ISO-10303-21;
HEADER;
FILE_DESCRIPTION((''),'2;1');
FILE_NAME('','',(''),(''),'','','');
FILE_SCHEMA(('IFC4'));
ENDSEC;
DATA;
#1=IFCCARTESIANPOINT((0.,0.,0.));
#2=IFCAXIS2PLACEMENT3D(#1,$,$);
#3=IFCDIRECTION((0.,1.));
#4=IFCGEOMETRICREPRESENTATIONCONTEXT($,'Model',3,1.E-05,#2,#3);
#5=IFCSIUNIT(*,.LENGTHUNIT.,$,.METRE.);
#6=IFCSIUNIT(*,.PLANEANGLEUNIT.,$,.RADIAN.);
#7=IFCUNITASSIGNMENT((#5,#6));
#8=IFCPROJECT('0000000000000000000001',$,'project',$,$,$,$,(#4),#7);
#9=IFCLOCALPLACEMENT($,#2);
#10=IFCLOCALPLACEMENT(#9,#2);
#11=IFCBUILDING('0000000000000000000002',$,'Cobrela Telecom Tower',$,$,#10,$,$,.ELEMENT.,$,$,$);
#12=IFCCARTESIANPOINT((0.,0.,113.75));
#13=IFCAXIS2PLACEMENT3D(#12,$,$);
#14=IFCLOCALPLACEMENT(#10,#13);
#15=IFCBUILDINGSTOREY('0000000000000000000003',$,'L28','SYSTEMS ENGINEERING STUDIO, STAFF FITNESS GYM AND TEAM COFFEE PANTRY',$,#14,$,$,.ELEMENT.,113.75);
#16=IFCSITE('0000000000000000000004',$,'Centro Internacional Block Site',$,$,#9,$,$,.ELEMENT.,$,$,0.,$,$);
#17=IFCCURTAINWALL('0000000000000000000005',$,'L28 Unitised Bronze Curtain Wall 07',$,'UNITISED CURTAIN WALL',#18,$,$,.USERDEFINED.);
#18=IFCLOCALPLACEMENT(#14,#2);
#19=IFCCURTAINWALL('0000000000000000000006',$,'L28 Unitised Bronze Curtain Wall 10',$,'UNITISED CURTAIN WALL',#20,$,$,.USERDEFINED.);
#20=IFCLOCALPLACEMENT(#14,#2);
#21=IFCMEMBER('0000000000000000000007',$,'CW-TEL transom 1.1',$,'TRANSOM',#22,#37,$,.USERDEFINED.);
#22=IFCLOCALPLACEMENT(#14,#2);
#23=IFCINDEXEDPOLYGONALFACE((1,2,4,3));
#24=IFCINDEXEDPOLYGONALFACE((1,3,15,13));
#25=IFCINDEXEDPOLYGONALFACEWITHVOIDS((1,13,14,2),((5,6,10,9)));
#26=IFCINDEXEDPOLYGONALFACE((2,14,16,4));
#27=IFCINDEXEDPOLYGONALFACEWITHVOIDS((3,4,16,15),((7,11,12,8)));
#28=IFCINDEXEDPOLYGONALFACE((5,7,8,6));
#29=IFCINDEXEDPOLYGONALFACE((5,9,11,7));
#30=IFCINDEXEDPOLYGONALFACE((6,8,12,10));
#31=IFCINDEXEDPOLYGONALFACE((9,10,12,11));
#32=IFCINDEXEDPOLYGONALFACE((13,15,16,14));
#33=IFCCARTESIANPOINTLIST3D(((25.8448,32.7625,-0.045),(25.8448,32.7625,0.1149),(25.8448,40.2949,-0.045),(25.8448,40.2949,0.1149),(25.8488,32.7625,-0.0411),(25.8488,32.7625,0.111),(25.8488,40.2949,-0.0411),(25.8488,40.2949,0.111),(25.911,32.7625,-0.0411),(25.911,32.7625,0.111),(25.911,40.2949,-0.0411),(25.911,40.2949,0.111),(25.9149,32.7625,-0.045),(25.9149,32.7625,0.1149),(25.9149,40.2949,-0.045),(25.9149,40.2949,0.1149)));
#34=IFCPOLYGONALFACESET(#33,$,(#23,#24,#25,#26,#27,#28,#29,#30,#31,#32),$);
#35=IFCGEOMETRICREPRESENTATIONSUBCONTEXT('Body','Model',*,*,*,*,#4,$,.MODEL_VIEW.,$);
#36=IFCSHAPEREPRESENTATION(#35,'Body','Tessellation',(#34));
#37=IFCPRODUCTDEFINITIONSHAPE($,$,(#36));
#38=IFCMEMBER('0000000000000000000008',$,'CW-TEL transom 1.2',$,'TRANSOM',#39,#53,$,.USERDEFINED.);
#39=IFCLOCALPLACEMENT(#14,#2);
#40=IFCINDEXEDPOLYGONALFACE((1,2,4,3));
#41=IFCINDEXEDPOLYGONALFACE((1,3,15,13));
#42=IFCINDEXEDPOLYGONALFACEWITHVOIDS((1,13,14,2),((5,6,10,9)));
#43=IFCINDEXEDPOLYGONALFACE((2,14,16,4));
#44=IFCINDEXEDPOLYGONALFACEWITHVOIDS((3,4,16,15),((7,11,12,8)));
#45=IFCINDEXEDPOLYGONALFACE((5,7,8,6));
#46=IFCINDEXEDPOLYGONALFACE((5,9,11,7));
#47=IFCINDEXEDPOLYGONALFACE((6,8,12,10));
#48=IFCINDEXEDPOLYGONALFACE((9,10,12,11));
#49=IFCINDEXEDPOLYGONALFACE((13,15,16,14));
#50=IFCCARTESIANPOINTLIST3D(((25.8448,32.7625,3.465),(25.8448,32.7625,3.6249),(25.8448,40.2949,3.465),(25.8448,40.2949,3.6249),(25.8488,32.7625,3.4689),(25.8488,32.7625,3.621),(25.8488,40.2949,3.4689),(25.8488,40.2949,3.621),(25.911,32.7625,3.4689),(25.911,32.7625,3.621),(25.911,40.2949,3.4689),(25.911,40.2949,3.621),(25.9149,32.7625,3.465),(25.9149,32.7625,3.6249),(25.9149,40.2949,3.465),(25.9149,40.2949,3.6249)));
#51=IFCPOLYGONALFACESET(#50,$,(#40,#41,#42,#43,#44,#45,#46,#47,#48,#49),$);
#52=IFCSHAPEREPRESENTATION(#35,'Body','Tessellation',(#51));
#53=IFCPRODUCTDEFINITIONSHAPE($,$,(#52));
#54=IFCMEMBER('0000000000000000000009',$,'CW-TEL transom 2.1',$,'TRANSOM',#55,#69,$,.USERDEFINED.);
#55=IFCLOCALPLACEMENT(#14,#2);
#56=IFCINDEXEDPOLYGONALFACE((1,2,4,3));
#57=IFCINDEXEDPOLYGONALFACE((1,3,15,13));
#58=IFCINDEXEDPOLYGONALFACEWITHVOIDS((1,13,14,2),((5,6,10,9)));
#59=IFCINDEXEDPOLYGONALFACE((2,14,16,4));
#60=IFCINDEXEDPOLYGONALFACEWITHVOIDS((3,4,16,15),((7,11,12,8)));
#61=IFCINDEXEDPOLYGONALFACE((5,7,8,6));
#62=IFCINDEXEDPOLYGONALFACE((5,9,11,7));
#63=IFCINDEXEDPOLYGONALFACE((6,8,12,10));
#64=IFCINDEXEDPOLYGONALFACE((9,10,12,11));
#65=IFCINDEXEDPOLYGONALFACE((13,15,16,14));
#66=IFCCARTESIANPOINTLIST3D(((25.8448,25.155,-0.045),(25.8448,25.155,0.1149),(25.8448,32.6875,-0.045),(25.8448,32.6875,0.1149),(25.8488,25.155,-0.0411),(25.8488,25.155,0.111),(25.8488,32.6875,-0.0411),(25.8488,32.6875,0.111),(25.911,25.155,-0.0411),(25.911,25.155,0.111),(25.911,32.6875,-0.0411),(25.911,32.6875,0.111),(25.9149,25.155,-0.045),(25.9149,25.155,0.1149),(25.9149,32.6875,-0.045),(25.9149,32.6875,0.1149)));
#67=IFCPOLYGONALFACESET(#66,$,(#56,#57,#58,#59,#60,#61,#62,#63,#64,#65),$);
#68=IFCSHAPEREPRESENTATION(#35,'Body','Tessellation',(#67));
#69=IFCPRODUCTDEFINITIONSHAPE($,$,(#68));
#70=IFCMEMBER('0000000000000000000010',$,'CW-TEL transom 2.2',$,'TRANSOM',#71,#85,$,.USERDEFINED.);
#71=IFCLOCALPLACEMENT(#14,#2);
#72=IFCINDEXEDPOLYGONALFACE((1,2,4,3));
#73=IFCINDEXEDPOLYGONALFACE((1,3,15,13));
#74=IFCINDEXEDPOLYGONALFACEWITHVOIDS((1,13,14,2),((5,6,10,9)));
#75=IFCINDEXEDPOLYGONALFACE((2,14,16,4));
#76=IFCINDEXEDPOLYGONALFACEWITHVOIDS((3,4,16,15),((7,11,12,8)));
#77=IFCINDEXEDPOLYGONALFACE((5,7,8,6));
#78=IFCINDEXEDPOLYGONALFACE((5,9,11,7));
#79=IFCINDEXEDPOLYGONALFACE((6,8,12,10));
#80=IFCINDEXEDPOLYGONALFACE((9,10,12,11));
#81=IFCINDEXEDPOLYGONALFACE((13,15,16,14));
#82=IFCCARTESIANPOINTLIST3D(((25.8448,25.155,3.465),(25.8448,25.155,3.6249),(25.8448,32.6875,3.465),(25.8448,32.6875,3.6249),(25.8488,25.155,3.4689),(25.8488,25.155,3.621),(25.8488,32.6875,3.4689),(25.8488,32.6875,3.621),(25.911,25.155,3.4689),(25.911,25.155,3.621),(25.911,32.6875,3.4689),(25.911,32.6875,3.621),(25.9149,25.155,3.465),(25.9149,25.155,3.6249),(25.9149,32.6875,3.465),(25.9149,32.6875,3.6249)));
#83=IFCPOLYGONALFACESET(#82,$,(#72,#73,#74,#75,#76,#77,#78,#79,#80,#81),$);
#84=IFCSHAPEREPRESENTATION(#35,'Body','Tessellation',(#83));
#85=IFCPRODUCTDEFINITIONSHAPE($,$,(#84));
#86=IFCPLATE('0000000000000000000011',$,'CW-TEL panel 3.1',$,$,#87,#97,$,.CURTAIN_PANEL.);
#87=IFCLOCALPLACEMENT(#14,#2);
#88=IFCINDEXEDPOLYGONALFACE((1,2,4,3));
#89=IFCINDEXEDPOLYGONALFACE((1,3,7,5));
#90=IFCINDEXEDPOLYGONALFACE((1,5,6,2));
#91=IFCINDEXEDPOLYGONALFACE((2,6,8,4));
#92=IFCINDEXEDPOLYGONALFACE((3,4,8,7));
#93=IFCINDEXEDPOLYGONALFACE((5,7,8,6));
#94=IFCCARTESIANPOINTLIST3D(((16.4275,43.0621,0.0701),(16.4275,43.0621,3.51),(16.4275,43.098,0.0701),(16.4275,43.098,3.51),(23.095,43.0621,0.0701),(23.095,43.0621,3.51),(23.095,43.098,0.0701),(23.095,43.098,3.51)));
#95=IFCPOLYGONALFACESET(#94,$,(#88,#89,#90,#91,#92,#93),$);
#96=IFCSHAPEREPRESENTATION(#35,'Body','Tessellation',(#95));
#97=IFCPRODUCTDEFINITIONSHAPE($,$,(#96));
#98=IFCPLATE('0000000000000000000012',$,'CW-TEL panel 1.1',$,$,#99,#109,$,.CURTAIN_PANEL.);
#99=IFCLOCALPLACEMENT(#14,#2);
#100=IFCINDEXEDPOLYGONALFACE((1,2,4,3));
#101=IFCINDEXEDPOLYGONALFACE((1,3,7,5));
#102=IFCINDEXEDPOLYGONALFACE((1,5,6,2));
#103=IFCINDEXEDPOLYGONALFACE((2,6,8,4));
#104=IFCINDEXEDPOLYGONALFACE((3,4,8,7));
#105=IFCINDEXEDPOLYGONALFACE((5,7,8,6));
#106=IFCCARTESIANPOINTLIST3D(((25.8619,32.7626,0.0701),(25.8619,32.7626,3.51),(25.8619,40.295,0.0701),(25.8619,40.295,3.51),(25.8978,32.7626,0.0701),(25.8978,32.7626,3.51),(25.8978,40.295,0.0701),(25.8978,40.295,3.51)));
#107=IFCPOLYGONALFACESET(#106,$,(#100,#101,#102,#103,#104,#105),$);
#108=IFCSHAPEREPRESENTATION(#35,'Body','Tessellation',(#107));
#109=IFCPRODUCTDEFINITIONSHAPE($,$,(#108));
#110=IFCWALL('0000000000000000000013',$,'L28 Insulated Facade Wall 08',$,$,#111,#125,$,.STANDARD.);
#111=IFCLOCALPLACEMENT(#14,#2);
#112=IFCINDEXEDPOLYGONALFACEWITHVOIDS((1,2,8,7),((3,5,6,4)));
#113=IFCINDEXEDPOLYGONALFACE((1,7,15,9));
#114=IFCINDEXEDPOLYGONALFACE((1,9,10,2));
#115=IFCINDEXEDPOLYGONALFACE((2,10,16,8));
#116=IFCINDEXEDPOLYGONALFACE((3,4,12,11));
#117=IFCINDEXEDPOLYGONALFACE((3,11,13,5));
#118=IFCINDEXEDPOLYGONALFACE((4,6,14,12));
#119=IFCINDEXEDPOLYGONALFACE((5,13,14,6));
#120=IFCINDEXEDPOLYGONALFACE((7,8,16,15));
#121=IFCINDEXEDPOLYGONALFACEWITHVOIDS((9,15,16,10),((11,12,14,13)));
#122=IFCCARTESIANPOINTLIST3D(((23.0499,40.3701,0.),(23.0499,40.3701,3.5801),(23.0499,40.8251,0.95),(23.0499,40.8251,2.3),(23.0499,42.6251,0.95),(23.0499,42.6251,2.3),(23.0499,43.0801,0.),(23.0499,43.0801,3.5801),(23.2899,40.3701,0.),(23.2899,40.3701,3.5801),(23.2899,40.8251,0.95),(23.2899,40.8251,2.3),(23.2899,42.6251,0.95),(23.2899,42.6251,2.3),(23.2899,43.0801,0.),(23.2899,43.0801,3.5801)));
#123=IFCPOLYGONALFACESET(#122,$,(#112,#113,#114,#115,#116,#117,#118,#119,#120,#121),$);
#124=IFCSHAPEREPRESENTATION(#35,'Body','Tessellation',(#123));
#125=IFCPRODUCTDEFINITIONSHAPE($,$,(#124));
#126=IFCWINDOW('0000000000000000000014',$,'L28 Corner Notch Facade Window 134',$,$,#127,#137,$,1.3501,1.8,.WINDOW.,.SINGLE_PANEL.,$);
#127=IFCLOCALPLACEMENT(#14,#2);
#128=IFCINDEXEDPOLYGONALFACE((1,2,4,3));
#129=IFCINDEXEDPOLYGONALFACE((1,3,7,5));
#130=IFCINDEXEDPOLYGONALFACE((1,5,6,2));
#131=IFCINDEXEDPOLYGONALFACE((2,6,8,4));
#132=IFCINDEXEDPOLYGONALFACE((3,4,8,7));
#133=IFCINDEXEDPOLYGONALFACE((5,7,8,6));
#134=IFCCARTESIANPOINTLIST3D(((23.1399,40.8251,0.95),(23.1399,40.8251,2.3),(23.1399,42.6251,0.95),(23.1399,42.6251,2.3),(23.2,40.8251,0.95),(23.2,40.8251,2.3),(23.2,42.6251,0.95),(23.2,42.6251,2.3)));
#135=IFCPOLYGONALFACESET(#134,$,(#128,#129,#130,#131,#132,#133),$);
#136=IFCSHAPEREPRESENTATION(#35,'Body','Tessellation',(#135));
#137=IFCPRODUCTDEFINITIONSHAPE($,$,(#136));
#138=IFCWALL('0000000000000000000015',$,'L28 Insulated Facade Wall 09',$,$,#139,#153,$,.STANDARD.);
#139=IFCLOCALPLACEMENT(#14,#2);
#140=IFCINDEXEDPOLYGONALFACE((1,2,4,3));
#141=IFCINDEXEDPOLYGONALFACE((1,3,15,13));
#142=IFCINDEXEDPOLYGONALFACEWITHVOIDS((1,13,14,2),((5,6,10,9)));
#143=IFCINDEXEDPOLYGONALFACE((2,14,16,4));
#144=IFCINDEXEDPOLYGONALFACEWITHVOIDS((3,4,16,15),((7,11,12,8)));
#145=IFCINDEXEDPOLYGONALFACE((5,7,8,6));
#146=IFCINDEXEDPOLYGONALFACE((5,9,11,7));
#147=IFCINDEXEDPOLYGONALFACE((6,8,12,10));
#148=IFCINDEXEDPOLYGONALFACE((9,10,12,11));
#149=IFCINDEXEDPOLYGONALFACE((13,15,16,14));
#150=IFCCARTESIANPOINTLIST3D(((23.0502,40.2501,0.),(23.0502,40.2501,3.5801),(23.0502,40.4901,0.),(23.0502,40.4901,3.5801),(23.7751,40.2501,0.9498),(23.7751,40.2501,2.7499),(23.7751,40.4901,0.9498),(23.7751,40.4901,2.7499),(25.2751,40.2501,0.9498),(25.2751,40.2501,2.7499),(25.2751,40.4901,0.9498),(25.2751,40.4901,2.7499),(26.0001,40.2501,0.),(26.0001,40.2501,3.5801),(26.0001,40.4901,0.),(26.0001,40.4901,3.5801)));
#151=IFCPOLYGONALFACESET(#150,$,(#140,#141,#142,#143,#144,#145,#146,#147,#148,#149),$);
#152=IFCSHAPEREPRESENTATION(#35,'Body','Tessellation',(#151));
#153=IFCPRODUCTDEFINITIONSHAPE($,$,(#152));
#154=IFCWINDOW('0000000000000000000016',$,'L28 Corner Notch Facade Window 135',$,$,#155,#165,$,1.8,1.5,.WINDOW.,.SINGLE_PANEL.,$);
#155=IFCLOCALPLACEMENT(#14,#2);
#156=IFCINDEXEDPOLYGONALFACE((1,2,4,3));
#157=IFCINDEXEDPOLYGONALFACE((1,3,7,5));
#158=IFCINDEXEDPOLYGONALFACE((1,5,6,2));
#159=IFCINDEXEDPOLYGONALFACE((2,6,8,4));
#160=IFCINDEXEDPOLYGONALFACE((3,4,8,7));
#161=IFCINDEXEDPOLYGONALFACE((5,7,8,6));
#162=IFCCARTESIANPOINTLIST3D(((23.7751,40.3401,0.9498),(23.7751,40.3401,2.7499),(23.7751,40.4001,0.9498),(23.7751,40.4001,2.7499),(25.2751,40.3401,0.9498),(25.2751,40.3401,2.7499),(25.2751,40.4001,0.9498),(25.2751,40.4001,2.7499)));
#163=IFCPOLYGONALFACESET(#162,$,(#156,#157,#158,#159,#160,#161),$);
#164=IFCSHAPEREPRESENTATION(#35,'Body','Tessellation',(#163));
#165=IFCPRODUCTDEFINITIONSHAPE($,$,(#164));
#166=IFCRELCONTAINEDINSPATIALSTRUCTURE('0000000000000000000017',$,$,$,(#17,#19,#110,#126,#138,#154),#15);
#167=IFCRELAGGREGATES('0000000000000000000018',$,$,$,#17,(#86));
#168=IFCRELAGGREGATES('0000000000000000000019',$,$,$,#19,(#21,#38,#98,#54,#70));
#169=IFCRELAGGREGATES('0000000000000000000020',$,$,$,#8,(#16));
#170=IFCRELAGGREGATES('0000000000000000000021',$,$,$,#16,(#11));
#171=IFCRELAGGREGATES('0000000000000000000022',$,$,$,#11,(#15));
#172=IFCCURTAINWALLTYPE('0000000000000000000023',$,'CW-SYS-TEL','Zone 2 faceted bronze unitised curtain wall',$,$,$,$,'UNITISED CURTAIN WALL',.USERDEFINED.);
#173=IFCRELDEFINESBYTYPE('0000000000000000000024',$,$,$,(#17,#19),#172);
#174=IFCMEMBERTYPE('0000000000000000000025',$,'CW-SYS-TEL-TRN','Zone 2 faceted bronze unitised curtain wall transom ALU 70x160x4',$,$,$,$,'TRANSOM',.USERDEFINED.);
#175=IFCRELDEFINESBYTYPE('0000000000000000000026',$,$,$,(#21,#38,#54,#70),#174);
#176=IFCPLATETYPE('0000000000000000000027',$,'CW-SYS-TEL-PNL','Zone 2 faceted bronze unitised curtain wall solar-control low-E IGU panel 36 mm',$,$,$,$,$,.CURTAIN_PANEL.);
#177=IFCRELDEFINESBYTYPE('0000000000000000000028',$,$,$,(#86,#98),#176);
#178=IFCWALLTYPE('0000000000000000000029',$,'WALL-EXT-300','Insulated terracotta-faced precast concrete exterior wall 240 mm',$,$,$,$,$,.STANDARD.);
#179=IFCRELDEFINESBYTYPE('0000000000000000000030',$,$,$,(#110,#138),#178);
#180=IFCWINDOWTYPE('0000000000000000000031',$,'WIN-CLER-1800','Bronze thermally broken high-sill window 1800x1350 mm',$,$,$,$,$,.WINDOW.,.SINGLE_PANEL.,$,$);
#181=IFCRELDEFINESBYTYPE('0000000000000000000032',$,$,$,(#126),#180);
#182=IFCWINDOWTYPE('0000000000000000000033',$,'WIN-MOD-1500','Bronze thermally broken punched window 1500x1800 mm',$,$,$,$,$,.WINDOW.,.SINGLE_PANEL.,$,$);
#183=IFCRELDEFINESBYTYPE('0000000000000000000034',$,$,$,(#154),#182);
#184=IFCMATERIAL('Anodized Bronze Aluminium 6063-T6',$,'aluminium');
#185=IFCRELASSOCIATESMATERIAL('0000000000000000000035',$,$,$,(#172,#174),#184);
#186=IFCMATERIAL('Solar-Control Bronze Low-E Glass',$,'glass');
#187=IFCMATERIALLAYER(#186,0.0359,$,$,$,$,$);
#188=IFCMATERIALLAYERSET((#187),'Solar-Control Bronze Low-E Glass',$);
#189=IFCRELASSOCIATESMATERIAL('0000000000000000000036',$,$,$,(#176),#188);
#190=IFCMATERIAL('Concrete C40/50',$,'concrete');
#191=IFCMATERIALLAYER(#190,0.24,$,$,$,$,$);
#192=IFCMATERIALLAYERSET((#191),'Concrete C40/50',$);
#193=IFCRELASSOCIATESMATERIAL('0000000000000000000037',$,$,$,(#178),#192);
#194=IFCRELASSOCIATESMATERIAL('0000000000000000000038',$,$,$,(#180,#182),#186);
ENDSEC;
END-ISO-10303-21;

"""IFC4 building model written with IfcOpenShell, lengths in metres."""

from ifc_helpers import new_model, si_unit, direction, frame, frame_2d, origin, origin_2d, place, context, subcontext, project, spatial, rectangle, hollow_rectangle, extrude, material, layer, layer_set, material_profile, profile_set, type_object, element, fill, aggregate, save


model = new_model("IFC4")

# Units and contexts
model_context = context("Model", 3, precision=1e-05, world=origin(), true_north=direction((0.0, 1.0)))
body_context = subcontext(model_context, "Body", "Model", "MODEL_VIEW")
ifc_project = project(units=[si_unit("LENGTHUNIT", "METRE"), si_unit("PLANEANGLEUNIT", "RADIAN")], contexts=[model_context])

# Site, building, storey
site_placement = place(None, origin())
site = spatial("IfcSite", under=ifc_project, at=site_placement, Name="Centro Internacional Block Site", CompositionType="ELEMENT", RefElevation=0.0)
building_placement = place(site_placement, origin())
building = spatial("IfcBuilding", under=site, at=building_placement, Name="Cobrela Telecom Tower", CompositionType="ELEMENT")
storey_placement = place(building_placement, frame((0.0, 0.0, 113.75)))
storey = spatial("IfcBuildingStorey", under=building, at=storey_placement, Name="L28", Description="SYSTEMS ENGINEERING STUDIO, STAFF FITNESS GYM AND TEAM COFFEE PANTRY", CompositionType="ELEMENT", Elevation=113.75)

# Curtain wall
ifc_material_1 = material(Name="Anodized Bronze Aluminium 6063-T6", Category="aluminium")
curtain_wall_type = type_object("IfcCurtainWallType", Name="CW-SYS-TEL", Description="Zone 2 faceted bronze unitised curtain wall", ElementType="UNITISED CURTAIN WALL", PredefinedType="USERDEFINED", material=ifc_material_1)
curtain_wall_1_placement = place(storey_placement, origin())
curtain_wall_1 = element("IfcCurtainWall", 1, at=curtain_wall_1_placement, inside=storey, type_object=curtain_wall_type, Name="L28 Unitised Bronze Curtain Wall 07", ObjectType="UNITISED CURTAIN WALL", PredefinedType="USERDEFINED")

# Curtain wall, members
curtain_wall_2_placement = place(storey_placement, origin())
curtain_wall_2 = element("IfcCurtainWall", 2, at=curtain_wall_2_placement, inside=storey, type_object=curtain_wall_type, Name="L28 Unitised Bronze Curtain Wall 10", ObjectType="UNITISED CURTAIN WALL", PredefinedType="USERDEFINED")
ifc_material_profile_1 = material_profile(ifc_material_1, hollow_rectangle(XDim=0.0701, YDim=0.1599, WallThickness=0.0039, at=origin_2d()), Name="ALU 70x160x4")
ifc_profile_set_1 = profile_set([ifc_material_profile_1], Name="Anodized Bronze Aluminium 6063-T6")
member_type_1 = type_object("IfcMemberType", Name="CW-SYS-TEL-TRN", Description="Zone 2 faceted bronze unitised curtain wall transom ALU 70x160x4", ElementType="TRANSOM", PredefinedType="USERDEFINED", material=ifc_profile_set_1)
member_1_placement = place(storey_placement, frame((25.8799, 40.2949, 0.0349), z_axis=(0.0, -1.0, 0.0), x_axis=(1.0, 0.0, 0.0)))
member_1 = element("IfcMember", 3, at=member_1_placement, type_object=member_type_1, Name="CW-TEL transom 1.1", ObjectType="TRANSOM", PredefinedType="USERDEFINED", context=body_context, shape_type="SweptSolid", body=[
    extrude(hollow_rectangle(XDim=0.0701, YDim=0.1599, WallThickness=0.0039, at=origin_2d()), origin(), (0.0, 0.0, 1.0), 7.5325),
])
member_2_placement = place(storey_placement, frame((25.8799, 40.2949, 3.5449), z_axis=(0.0, -1.0, 0.0), x_axis=(1.0, 0.0, 0.0)))
member_2 = element("IfcMember", 4, at=member_2_placement, type_object=member_type_1, Name="CW-TEL transom 1.2", ObjectType="TRANSOM", PredefinedType="USERDEFINED", context=body_context, shape_type="SweptSolid", body=[
    extrude(hollow_rectangle(XDim=0.0701, YDim=0.1599, WallThickness=0.0039, at=origin_2d()), origin(), (0.0, 0.0, 1.0), 7.5325),
])
member_3_placement = place(storey_placement, frame((25.8799, 32.6875, 0.0349), z_axis=(0.0, -1.0, 0.0), x_axis=(1.0, 0.0, 0.0)))
member_3 = element("IfcMember", 5, at=member_3_placement, type_object=member_type_1, Name="CW-TEL transom 2.1", ObjectType="TRANSOM", PredefinedType="USERDEFINED", context=body_context, shape_type="SweptSolid", body=[
    extrude(hollow_rectangle(XDim=0.0701, YDim=0.1599, WallThickness=0.0039, at=origin_2d()), origin(), (0.0, 0.0, 1.0), 7.5325),
])
member_4_placement = place(storey_placement, frame((25.8799, 32.6875, 3.5449), z_axis=(0.0, -1.0, 0.0), x_axis=(1.0, 0.0, 0.0)))
member_4 = element("IfcMember", 6, at=member_4_placement, type_object=member_type_1, Name="CW-TEL transom 2.2", ObjectType="TRANSOM", PredefinedType="USERDEFINED", context=body_context, shape_type="SweptSolid", body=[
    extrude(hollow_rectangle(XDim=0.0701, YDim=0.1599, WallThickness=0.0039, at=origin_2d()), origin(), (0.0, 0.0, 1.0), 7.5325),
])

# Plates
ifc_material_2 = material(Name="Solar-Control Bronze Low-E Glass", Category="glass")
ifc_layer_1 = layer(ifc_material_2, 0.0359)
ifc_layer_set_1 = layer_set([ifc_layer_1], Name="Solar-Control Bronze Low-E Glass")
plate_type = type_object("IfcPlateType", Name="CW-SYS-TEL-PNL", Description="Zone 2 faceted bronze unitised curtain wall solar-control low-E IGU panel 36 mm", PredefinedType="CURTAIN_PANEL", material=ifc_layer_set_1)
plate_1_placement = place(storey_placement, frame((19.7612, 43.0801, 0.0701), z_axis=(0.0, 0.0, 1.0), x_axis=(1.0, 0.0, 0.0)))
plate_1 = element("IfcPlate", 7, at=plate_1_placement, type_object=plate_type, Name="CW-TEL panel 3.1", PredefinedType="CURTAIN_PANEL", context=body_context, shape_type="SweptSolid", body=[
    extrude(rectangle(XDim=6.6675, YDim=0.0359, at=origin_2d()), origin(), (0.0, 0.0, 1.0), 3.4399),
])
aggregate(curtain_wall_1, [plate_1])
plate_2_placement = place(storey_placement, frame((25.8799, 36.5288, 0.0701), z_axis=(0.0, 0.0, 1.0), x_axis=(0.0, -1.0, 0.0)))
plate_2 = element("IfcPlate", 8, at=plate_2_placement, type_object=plate_type, Name="CW-TEL panel 1.1", PredefinedType="CURTAIN_PANEL", context=body_context, shape_type="SweptSolid", body=[
    extrude(rectangle(XDim=7.5325, YDim=0.0359, at=origin_2d()), origin(), (0.0, 0.0, 1.0), 3.4399),
])
aggregate(curtain_wall_2, [member_1, member_2, plate_2, member_3, member_4])

# Walls, openings, windows
ifc_material_3 = material(Name="Concrete C40/50", Category="concrete")
ifc_layer_2 = layer(ifc_material_3, 0.24)
ifc_layer_set_2 = layer_set([ifc_layer_2], Name="Concrete C40/50")
wall_type = type_object("IfcWallType", Name="WALL-EXT-300", Description="Insulated terracotta-faced precast concrete exterior wall 240 mm", PredefinedType="STANDARD", material=ifc_layer_set_2)
wall_1_placement = place(storey_placement, frame((23.1699, 43.0801, 0.0), z_axis=(0.0, 0.0, 1.0), x_axis=(0.0, -1.0, 0.0)))
wall_1 = element("IfcWall", 9, at=wall_1_placement, inside=storey, type_object=wall_type, Name="L28 Insulated Facade Wall 08", PredefinedType="STANDARD", context=body_context, shape_type="SweptSolid", body=[
    extrude(rectangle(XDim=2.71, YDim=0.24, at=frame_2d((1.355, 0.0))), origin(), (0.0, 0.0, 1.0), 3.5801),
])
opening_1_placement = place(wall_1_placement, frame((0.4551, 0.0, 0.95)))
opening_1 = element("IfcOpeningElement", 10, at=opening_1_placement, cuts=wall_1, PredefinedType="OPENING", context=body_context, shape_type="SweptSolid", body=[
    extrude(rectangle(XDim=1.8, YDim=1.3501, at=frame_2d((0.8999, 0.675))), frame((0.0, 0.1318, 0.0), z_axis=(0.0, -1.0, 0.0), x_axis=(1.0, 0.0, 0.0)), (0.0, 0.0, 1.0), 0.2639),
])
window_type_1 = type_object("IfcWindowType", Name="WIN-CLER-1800", Description="Bronze thermally broken high-sill window 1800x1350 mm", PartitioningType="SINGLE_PANEL", PredefinedType="WINDOW", material=ifc_material_2)
window_1_placement = place(opening_1_placement, origin())
window_1 = element("IfcWindow", 11, at=window_1_placement, inside=storey, type_object=window_type_1, Name="L28 Corner Notch Facade Window 134", OverallHeight=1.3501, OverallWidth=1.8, PartitioningType="SINGLE_PANEL", PredefinedType="WINDOW", context=body_context, shape_type="SweptSolid", body=[
    extrude(rectangle(XDim=1.8, YDim=1.3501, at=frame_2d((0.8999, 0.675))), frame((0.0, 0.03, 0.0), z_axis=(0.0, -1.0, 0.0), x_axis=(1.0, 0.0, 0.0)), (0.0, 0.0, 1.0), 0.0601),
])
fill(opening_1, window_1)
wall_2_placement = place(storey_placement, frame((23.05, 40.3701, 0.0), z_axis=(0.0, 0.0, 1.0), x_axis=(1.0, 0.0, 0.0)))
wall_2 = element("IfcWall", 12, at=wall_2_placement, inside=storey, type_object=wall_type, Name="L28 Insulated Facade Wall 09", PredefinedType="STANDARD", context=body_context, shape_type="SweptSolid", body=[
    extrude(rectangle(XDim=2.95, YDim=0.24, at=frame_2d((1.4751, 0.0))), origin(), (0.0, 0.0, 1.0), 3.5801),
])
opening_2_placement = place(wall_2_placement, frame((0.7251, 0.0, 0.95)))
opening_2 = element("IfcOpeningElement", 13, at=opening_2_placement, cuts=wall_2, PredefinedType="OPENING", context=body_context, shape_type="SweptSolid", body=[
    extrude(rectangle(XDim=1.5, YDim=1.8, at=frame_2d((0.75, 0.8999))), frame((0.0, 0.1318, 0.0), z_axis=(0.0, -1.0, 0.0), x_axis=(1.0, 0.0, 0.0)), (0.0, 0.0, 1.0), 0.2639),
])
window_type_2 = type_object("IfcWindowType", Name="WIN-MOD-1500", Description="Bronze thermally broken punched window 1500x1800 mm", PartitioningType="SINGLE_PANEL", PredefinedType="WINDOW", material=ifc_material_2)
window_2_placement = place(opening_2_placement, origin())
window_2 = element("IfcWindow", 14, at=window_2_placement, inside=storey, type_object=window_type_2, Name="L28 Corner Notch Facade Window 135", OverallHeight=1.8, OverallWidth=1.5, PartitioningType="SINGLE_PANEL", PredefinedType="WINDOW", context=body_context, shape_type="SweptSolid", body=[
    extrude(rectangle(XDim=1.5, YDim=1.8, at=frame_2d((0.75, 0.8999))), frame((0.0, 0.03, 0.0), z_axis=(0.0, -1.0, 0.0), x_axis=(1.0, 0.0, 0.0)), (0.0, 0.0, 1.0), 0.0601),
])
fill(opening_2, window_2)

save(model, "model.ifc")
